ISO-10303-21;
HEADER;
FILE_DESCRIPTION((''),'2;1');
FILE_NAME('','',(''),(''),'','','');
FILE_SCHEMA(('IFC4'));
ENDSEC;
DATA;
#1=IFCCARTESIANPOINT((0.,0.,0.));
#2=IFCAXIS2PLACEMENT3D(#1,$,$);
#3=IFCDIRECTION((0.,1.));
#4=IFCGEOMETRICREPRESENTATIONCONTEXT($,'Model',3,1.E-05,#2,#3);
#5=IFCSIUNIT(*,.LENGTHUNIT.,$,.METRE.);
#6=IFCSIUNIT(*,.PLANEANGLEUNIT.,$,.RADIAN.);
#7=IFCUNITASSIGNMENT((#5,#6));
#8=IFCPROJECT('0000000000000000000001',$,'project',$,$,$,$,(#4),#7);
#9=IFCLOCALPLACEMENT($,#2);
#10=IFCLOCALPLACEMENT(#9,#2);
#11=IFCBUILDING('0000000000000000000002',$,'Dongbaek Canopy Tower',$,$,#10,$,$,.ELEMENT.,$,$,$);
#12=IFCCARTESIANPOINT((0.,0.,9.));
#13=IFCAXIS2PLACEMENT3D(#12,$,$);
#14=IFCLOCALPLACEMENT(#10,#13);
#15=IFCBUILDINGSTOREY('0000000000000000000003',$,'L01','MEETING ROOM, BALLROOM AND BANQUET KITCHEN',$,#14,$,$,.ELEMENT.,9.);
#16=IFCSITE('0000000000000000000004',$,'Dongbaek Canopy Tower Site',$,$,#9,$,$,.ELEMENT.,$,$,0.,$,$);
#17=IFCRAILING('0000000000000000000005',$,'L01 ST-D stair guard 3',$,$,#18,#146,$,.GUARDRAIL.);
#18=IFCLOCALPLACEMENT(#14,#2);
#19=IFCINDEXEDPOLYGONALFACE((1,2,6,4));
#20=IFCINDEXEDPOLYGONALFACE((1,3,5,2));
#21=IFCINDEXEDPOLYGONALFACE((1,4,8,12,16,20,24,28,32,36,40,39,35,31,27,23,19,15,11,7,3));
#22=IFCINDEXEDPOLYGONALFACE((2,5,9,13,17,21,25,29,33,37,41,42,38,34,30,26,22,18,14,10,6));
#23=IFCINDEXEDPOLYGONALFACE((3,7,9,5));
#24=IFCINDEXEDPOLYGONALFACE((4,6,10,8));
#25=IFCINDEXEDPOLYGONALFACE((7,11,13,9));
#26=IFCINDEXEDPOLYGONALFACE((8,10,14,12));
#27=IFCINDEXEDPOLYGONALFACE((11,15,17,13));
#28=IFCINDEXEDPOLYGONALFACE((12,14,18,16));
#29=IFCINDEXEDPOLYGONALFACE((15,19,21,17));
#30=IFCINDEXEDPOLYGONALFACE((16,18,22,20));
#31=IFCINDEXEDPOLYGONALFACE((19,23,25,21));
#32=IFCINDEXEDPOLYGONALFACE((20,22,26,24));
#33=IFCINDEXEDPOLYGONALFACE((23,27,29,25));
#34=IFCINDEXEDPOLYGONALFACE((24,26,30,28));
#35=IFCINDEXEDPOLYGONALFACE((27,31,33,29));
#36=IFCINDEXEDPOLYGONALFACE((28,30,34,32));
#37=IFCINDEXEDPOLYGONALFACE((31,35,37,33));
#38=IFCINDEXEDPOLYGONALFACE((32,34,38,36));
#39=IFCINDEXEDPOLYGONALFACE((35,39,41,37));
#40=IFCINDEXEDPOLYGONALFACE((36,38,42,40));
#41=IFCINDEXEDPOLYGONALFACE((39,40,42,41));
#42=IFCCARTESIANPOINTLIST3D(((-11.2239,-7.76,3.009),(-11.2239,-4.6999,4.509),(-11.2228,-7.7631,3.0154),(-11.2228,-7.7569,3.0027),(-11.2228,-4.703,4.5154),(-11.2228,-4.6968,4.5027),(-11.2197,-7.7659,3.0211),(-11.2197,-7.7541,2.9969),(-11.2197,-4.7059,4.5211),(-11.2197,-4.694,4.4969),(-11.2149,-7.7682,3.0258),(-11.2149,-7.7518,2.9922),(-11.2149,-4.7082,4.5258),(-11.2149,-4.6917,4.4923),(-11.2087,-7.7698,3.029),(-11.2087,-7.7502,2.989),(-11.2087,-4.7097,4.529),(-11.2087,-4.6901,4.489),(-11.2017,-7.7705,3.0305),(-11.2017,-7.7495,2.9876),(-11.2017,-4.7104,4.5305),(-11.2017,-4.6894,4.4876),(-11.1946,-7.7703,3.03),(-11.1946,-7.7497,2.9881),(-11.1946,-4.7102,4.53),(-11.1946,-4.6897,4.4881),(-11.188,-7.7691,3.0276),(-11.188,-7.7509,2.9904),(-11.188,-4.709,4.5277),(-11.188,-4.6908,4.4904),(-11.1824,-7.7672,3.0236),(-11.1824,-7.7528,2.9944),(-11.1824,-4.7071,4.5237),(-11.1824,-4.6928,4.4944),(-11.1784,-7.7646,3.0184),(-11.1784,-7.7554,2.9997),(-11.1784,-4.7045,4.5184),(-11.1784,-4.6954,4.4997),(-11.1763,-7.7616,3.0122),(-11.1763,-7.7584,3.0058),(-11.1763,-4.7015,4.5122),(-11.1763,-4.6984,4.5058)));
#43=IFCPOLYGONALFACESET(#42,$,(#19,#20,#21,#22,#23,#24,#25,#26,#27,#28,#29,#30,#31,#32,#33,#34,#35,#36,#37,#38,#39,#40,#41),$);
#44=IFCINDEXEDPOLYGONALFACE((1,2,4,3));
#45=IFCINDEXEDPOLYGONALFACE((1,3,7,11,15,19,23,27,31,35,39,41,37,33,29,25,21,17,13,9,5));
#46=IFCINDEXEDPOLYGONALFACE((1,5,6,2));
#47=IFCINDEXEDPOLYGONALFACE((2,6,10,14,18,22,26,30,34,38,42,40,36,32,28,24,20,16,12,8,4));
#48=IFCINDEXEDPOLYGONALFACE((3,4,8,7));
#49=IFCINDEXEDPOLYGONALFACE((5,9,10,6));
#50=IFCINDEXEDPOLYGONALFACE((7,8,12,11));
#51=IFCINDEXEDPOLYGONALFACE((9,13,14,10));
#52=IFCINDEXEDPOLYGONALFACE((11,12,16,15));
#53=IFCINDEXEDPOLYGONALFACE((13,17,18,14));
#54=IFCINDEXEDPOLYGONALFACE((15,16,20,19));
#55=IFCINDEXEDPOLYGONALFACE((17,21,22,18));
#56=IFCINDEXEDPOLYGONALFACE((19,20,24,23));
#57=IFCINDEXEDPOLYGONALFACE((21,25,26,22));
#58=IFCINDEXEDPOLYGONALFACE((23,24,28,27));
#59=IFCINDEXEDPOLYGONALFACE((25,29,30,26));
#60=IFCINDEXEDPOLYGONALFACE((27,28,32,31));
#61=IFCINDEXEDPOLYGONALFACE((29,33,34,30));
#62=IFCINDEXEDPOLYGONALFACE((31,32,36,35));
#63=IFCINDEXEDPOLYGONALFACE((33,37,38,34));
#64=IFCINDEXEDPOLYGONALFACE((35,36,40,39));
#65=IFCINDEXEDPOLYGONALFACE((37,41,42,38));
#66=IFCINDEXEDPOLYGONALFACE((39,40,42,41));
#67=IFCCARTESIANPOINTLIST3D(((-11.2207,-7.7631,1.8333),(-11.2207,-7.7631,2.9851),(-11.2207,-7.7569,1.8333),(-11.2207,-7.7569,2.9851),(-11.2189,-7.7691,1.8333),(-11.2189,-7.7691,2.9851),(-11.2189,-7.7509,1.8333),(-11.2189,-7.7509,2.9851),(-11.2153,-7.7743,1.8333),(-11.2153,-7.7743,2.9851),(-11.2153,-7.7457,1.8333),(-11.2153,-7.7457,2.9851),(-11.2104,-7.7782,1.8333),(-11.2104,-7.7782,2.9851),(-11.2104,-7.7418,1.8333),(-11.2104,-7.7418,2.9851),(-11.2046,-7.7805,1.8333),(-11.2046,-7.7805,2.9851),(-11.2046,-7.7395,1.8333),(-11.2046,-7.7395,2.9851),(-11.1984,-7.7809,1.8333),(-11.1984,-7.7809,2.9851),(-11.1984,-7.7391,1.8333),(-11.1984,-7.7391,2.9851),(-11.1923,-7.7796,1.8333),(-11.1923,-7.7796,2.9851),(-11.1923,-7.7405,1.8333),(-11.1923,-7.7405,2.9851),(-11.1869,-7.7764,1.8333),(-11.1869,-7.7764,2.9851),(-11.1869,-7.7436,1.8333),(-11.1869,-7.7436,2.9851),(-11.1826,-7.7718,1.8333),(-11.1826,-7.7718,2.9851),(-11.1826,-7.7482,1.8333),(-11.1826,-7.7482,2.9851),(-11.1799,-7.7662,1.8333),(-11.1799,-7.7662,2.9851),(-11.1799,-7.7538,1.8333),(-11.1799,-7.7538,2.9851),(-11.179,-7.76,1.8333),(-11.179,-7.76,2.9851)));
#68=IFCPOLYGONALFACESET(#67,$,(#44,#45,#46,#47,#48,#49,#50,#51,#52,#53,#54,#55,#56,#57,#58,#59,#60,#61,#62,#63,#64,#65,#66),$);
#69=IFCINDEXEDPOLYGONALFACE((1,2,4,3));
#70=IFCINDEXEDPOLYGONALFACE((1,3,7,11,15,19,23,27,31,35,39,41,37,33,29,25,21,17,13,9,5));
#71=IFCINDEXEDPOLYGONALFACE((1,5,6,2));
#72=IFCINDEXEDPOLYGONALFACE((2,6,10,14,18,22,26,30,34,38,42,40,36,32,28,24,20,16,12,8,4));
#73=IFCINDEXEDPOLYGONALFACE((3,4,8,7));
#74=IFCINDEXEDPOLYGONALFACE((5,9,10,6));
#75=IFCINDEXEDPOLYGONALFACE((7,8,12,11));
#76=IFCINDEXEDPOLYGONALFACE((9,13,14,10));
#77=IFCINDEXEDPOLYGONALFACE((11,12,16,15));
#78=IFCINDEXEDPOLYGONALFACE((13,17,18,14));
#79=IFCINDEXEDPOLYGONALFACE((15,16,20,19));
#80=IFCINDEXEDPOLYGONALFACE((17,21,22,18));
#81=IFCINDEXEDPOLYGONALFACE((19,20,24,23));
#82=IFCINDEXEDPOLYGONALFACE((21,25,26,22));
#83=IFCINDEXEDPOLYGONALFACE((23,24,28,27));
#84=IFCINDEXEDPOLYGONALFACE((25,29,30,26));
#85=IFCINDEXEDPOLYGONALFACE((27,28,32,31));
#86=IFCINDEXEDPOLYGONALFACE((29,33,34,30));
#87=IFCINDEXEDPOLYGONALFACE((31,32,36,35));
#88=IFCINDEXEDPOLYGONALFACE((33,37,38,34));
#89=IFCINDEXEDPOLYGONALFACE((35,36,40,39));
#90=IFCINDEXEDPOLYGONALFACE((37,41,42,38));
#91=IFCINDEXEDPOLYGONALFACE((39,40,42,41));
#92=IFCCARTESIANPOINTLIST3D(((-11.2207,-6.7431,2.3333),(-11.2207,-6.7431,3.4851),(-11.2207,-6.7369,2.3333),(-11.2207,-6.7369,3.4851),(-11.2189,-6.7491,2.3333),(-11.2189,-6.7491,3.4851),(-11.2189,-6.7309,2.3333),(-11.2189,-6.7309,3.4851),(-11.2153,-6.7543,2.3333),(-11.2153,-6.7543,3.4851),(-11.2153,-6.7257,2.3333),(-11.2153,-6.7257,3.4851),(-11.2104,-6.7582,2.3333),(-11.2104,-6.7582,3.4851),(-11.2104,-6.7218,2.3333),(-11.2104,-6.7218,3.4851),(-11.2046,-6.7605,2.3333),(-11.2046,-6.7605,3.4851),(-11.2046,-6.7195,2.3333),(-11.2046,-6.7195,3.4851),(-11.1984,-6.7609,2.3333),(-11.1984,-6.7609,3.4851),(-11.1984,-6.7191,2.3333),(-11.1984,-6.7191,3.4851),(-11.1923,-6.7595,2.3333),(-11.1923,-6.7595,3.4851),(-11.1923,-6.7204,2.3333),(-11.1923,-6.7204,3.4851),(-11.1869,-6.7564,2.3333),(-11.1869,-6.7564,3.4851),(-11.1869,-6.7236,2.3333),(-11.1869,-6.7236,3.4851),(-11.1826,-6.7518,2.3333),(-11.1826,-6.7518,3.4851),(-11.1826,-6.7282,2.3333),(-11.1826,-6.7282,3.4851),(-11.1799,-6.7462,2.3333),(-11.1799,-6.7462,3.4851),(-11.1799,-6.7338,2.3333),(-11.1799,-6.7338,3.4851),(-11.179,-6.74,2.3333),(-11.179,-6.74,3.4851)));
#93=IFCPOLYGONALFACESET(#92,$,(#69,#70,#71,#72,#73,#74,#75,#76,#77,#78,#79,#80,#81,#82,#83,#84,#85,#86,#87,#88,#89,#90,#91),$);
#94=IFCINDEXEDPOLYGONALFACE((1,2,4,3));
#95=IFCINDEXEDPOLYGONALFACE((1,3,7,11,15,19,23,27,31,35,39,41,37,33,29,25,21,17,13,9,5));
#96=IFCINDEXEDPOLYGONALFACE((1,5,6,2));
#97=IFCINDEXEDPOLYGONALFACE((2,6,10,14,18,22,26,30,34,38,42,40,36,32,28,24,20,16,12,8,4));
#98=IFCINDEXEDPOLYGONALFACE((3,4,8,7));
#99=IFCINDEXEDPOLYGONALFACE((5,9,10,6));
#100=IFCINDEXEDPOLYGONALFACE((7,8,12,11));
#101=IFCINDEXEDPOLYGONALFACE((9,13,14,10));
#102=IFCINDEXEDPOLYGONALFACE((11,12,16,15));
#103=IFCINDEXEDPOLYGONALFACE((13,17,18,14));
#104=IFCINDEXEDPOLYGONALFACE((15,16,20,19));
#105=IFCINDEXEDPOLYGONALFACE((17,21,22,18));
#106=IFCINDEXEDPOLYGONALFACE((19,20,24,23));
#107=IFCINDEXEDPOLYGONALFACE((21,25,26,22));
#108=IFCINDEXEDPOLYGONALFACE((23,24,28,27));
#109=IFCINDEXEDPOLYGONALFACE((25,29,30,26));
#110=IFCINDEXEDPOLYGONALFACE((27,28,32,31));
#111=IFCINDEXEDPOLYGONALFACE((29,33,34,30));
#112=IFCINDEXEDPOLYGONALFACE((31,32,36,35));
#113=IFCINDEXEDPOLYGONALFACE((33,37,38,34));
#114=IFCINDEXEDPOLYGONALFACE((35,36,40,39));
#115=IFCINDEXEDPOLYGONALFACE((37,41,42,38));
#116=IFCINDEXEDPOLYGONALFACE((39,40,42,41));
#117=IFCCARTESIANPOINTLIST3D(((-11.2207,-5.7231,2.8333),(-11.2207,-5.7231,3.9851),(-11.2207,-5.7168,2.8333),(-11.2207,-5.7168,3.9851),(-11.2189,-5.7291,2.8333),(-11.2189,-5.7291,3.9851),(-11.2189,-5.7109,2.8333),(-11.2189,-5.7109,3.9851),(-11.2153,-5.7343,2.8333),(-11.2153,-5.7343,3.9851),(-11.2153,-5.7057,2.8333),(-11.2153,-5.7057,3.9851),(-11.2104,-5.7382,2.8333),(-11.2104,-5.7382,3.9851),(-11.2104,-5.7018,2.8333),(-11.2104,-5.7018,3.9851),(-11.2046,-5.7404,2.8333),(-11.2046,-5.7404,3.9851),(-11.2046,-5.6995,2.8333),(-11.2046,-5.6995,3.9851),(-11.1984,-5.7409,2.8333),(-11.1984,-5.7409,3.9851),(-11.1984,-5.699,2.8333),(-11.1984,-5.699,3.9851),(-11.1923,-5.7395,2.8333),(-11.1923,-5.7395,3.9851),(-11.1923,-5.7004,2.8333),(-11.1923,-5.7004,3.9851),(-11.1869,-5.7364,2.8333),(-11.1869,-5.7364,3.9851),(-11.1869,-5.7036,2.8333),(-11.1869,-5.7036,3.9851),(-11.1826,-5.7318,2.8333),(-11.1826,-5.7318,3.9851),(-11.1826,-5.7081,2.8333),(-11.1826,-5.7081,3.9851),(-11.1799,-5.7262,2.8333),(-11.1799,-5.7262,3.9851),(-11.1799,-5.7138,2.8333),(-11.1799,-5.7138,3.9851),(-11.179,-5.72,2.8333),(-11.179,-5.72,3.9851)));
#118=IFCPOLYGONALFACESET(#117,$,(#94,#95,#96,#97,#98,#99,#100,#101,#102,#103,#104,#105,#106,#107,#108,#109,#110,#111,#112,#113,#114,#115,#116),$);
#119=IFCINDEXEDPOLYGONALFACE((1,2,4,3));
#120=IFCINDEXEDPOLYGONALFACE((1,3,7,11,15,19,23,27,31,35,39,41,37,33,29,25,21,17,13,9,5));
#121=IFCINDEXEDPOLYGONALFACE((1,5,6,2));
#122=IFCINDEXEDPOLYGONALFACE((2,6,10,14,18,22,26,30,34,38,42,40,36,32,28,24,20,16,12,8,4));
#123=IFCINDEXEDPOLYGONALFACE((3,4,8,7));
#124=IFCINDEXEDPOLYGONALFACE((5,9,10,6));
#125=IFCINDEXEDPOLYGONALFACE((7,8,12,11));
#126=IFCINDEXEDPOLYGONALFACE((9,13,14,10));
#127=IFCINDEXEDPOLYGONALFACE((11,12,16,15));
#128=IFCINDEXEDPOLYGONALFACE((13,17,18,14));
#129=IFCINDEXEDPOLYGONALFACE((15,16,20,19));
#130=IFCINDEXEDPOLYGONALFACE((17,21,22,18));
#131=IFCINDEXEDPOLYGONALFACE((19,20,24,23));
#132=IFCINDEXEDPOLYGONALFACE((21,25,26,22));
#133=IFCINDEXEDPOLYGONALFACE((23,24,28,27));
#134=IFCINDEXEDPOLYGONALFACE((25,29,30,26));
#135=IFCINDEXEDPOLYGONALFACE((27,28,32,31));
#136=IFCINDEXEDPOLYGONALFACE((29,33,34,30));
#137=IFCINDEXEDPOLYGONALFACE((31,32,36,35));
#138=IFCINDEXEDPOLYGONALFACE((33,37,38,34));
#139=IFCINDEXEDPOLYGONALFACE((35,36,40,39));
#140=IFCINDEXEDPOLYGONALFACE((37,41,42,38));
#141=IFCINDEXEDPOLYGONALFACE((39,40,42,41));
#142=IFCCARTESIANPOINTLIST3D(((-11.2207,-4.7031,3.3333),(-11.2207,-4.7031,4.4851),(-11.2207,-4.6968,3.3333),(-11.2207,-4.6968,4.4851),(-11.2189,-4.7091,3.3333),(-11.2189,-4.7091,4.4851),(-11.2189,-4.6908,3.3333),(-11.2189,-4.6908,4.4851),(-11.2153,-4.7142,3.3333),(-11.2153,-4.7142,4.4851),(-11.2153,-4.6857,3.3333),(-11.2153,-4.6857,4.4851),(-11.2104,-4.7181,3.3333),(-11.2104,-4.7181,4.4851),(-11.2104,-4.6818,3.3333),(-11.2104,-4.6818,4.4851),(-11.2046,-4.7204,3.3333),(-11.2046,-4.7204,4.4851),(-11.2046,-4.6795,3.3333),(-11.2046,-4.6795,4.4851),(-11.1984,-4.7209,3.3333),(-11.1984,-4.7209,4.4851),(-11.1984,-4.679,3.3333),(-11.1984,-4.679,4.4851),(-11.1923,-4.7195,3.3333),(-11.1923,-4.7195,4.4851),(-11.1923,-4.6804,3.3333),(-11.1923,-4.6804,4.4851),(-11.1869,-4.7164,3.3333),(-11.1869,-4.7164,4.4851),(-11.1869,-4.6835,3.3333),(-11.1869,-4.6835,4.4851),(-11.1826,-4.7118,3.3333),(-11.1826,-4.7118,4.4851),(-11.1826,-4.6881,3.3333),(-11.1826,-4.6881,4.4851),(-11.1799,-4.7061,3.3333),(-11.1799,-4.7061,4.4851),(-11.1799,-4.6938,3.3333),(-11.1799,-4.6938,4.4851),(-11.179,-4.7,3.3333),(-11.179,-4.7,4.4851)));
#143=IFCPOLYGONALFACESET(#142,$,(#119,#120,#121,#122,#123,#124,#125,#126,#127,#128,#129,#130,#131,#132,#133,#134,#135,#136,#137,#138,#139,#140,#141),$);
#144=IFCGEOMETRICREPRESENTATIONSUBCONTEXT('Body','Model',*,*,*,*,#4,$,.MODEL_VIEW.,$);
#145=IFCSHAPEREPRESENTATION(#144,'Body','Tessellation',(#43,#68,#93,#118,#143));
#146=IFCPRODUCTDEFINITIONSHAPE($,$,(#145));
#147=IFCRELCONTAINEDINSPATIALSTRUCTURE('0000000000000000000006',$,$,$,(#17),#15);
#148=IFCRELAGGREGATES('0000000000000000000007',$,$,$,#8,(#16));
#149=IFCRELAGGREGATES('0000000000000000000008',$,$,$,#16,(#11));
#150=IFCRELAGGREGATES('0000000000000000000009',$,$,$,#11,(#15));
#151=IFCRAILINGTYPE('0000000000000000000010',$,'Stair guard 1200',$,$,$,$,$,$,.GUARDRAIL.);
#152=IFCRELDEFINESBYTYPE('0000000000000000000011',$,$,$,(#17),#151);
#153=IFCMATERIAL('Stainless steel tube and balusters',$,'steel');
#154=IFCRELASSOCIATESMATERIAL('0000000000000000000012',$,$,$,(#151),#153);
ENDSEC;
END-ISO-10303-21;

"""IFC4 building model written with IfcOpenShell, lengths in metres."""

from ifc_helpers import new_model, si_unit, direction, frame, origin, origin_2d, place, context, subcontext, project, spatial, circle, extrude, material, type_object, element, save


model = new_model("IFC4")

# Units and contexts
model_context = context("Model", 3, precision=1e-05, world=origin(), true_north=direction((0.0, 1.0)))
body_context = subcontext(model_context, "Body", "Model", "MODEL_VIEW")
ifc_project = project(units=[si_unit("LENGTHUNIT", "METRE"), si_unit("PLANEANGLEUNIT", "RADIAN")], contexts=[model_context])

# Site, building, storey
site_placement = place(None, origin())
site = spatial("IfcSite", under=ifc_project, at=site_placement, Name="Dongbaek Canopy Tower Site", CompositionType="ELEMENT", RefElevation=0.0)
building_placement = place(site_placement, origin())
building = spatial("IfcBuilding", under=site, at=building_placement, Name="Dongbaek Canopy Tower", CompositionType="ELEMENT")
storey_placement = place(building_placement, frame((0.0, 0.0, 9.0)))
storey = spatial("IfcBuildingStorey", under=building, at=storey_placement, Name="L01", Description="MEETING ROOM, BALLROOM AND BANQUET KITCHEN", CompositionType="ELEMENT", Elevation=9.0)

# Railing
ifc_material_1 = material(Name="Stainless steel tube and balusters", Category="steel")
railing_type_1 = type_object("IfcRailingType", Name="Stair guard 1200", PredefinedType="GUARDRAIL", material=ifc_material_1)
railing_1_placement = place(storey_placement, frame((-11.2, -7.76, 1.8333)))
element("IfcRailing", 1, at=railing_1_placement, inside=storey, type_object=railing_type_1, Name="L01 ST-D stair guard 3", PredefinedType="GUARDRAIL", context=body_context, shape_type="SweptSolid", body=[
    extrude(circle(Radius=0.0239, at=origin_2d()), frame((0.0, 0.0, 1.1758), z_axis=(0.0, 0.897924, 0.44015), x_axis=(-1.0, 0.0, 0.0)), (0.0, 0.0, 1.0), 3.408),
    extrude(circle(Radius=0.021, at=origin_2d()), origin(), (0.0, 0.0, 1.0), 1.1519),
    extrude(circle(Radius=0.021, at=origin_2d()), frame((0.0, 1.02, 0.5)), (0.0, 0.0, 1.0), 1.1519),
    extrude(circle(Radius=0.021, at=origin_2d()), frame((0.0, 2.04, 1.0)), (0.0, 0.0, 1.0), 1.1519),
    extrude(circle(Radius=0.021, at=origin_2d()), frame((0.0, 3.0601, 1.5)), (0.0, 0.0, 1.0), 1.1519),
])

save(model, "model.ifc")
